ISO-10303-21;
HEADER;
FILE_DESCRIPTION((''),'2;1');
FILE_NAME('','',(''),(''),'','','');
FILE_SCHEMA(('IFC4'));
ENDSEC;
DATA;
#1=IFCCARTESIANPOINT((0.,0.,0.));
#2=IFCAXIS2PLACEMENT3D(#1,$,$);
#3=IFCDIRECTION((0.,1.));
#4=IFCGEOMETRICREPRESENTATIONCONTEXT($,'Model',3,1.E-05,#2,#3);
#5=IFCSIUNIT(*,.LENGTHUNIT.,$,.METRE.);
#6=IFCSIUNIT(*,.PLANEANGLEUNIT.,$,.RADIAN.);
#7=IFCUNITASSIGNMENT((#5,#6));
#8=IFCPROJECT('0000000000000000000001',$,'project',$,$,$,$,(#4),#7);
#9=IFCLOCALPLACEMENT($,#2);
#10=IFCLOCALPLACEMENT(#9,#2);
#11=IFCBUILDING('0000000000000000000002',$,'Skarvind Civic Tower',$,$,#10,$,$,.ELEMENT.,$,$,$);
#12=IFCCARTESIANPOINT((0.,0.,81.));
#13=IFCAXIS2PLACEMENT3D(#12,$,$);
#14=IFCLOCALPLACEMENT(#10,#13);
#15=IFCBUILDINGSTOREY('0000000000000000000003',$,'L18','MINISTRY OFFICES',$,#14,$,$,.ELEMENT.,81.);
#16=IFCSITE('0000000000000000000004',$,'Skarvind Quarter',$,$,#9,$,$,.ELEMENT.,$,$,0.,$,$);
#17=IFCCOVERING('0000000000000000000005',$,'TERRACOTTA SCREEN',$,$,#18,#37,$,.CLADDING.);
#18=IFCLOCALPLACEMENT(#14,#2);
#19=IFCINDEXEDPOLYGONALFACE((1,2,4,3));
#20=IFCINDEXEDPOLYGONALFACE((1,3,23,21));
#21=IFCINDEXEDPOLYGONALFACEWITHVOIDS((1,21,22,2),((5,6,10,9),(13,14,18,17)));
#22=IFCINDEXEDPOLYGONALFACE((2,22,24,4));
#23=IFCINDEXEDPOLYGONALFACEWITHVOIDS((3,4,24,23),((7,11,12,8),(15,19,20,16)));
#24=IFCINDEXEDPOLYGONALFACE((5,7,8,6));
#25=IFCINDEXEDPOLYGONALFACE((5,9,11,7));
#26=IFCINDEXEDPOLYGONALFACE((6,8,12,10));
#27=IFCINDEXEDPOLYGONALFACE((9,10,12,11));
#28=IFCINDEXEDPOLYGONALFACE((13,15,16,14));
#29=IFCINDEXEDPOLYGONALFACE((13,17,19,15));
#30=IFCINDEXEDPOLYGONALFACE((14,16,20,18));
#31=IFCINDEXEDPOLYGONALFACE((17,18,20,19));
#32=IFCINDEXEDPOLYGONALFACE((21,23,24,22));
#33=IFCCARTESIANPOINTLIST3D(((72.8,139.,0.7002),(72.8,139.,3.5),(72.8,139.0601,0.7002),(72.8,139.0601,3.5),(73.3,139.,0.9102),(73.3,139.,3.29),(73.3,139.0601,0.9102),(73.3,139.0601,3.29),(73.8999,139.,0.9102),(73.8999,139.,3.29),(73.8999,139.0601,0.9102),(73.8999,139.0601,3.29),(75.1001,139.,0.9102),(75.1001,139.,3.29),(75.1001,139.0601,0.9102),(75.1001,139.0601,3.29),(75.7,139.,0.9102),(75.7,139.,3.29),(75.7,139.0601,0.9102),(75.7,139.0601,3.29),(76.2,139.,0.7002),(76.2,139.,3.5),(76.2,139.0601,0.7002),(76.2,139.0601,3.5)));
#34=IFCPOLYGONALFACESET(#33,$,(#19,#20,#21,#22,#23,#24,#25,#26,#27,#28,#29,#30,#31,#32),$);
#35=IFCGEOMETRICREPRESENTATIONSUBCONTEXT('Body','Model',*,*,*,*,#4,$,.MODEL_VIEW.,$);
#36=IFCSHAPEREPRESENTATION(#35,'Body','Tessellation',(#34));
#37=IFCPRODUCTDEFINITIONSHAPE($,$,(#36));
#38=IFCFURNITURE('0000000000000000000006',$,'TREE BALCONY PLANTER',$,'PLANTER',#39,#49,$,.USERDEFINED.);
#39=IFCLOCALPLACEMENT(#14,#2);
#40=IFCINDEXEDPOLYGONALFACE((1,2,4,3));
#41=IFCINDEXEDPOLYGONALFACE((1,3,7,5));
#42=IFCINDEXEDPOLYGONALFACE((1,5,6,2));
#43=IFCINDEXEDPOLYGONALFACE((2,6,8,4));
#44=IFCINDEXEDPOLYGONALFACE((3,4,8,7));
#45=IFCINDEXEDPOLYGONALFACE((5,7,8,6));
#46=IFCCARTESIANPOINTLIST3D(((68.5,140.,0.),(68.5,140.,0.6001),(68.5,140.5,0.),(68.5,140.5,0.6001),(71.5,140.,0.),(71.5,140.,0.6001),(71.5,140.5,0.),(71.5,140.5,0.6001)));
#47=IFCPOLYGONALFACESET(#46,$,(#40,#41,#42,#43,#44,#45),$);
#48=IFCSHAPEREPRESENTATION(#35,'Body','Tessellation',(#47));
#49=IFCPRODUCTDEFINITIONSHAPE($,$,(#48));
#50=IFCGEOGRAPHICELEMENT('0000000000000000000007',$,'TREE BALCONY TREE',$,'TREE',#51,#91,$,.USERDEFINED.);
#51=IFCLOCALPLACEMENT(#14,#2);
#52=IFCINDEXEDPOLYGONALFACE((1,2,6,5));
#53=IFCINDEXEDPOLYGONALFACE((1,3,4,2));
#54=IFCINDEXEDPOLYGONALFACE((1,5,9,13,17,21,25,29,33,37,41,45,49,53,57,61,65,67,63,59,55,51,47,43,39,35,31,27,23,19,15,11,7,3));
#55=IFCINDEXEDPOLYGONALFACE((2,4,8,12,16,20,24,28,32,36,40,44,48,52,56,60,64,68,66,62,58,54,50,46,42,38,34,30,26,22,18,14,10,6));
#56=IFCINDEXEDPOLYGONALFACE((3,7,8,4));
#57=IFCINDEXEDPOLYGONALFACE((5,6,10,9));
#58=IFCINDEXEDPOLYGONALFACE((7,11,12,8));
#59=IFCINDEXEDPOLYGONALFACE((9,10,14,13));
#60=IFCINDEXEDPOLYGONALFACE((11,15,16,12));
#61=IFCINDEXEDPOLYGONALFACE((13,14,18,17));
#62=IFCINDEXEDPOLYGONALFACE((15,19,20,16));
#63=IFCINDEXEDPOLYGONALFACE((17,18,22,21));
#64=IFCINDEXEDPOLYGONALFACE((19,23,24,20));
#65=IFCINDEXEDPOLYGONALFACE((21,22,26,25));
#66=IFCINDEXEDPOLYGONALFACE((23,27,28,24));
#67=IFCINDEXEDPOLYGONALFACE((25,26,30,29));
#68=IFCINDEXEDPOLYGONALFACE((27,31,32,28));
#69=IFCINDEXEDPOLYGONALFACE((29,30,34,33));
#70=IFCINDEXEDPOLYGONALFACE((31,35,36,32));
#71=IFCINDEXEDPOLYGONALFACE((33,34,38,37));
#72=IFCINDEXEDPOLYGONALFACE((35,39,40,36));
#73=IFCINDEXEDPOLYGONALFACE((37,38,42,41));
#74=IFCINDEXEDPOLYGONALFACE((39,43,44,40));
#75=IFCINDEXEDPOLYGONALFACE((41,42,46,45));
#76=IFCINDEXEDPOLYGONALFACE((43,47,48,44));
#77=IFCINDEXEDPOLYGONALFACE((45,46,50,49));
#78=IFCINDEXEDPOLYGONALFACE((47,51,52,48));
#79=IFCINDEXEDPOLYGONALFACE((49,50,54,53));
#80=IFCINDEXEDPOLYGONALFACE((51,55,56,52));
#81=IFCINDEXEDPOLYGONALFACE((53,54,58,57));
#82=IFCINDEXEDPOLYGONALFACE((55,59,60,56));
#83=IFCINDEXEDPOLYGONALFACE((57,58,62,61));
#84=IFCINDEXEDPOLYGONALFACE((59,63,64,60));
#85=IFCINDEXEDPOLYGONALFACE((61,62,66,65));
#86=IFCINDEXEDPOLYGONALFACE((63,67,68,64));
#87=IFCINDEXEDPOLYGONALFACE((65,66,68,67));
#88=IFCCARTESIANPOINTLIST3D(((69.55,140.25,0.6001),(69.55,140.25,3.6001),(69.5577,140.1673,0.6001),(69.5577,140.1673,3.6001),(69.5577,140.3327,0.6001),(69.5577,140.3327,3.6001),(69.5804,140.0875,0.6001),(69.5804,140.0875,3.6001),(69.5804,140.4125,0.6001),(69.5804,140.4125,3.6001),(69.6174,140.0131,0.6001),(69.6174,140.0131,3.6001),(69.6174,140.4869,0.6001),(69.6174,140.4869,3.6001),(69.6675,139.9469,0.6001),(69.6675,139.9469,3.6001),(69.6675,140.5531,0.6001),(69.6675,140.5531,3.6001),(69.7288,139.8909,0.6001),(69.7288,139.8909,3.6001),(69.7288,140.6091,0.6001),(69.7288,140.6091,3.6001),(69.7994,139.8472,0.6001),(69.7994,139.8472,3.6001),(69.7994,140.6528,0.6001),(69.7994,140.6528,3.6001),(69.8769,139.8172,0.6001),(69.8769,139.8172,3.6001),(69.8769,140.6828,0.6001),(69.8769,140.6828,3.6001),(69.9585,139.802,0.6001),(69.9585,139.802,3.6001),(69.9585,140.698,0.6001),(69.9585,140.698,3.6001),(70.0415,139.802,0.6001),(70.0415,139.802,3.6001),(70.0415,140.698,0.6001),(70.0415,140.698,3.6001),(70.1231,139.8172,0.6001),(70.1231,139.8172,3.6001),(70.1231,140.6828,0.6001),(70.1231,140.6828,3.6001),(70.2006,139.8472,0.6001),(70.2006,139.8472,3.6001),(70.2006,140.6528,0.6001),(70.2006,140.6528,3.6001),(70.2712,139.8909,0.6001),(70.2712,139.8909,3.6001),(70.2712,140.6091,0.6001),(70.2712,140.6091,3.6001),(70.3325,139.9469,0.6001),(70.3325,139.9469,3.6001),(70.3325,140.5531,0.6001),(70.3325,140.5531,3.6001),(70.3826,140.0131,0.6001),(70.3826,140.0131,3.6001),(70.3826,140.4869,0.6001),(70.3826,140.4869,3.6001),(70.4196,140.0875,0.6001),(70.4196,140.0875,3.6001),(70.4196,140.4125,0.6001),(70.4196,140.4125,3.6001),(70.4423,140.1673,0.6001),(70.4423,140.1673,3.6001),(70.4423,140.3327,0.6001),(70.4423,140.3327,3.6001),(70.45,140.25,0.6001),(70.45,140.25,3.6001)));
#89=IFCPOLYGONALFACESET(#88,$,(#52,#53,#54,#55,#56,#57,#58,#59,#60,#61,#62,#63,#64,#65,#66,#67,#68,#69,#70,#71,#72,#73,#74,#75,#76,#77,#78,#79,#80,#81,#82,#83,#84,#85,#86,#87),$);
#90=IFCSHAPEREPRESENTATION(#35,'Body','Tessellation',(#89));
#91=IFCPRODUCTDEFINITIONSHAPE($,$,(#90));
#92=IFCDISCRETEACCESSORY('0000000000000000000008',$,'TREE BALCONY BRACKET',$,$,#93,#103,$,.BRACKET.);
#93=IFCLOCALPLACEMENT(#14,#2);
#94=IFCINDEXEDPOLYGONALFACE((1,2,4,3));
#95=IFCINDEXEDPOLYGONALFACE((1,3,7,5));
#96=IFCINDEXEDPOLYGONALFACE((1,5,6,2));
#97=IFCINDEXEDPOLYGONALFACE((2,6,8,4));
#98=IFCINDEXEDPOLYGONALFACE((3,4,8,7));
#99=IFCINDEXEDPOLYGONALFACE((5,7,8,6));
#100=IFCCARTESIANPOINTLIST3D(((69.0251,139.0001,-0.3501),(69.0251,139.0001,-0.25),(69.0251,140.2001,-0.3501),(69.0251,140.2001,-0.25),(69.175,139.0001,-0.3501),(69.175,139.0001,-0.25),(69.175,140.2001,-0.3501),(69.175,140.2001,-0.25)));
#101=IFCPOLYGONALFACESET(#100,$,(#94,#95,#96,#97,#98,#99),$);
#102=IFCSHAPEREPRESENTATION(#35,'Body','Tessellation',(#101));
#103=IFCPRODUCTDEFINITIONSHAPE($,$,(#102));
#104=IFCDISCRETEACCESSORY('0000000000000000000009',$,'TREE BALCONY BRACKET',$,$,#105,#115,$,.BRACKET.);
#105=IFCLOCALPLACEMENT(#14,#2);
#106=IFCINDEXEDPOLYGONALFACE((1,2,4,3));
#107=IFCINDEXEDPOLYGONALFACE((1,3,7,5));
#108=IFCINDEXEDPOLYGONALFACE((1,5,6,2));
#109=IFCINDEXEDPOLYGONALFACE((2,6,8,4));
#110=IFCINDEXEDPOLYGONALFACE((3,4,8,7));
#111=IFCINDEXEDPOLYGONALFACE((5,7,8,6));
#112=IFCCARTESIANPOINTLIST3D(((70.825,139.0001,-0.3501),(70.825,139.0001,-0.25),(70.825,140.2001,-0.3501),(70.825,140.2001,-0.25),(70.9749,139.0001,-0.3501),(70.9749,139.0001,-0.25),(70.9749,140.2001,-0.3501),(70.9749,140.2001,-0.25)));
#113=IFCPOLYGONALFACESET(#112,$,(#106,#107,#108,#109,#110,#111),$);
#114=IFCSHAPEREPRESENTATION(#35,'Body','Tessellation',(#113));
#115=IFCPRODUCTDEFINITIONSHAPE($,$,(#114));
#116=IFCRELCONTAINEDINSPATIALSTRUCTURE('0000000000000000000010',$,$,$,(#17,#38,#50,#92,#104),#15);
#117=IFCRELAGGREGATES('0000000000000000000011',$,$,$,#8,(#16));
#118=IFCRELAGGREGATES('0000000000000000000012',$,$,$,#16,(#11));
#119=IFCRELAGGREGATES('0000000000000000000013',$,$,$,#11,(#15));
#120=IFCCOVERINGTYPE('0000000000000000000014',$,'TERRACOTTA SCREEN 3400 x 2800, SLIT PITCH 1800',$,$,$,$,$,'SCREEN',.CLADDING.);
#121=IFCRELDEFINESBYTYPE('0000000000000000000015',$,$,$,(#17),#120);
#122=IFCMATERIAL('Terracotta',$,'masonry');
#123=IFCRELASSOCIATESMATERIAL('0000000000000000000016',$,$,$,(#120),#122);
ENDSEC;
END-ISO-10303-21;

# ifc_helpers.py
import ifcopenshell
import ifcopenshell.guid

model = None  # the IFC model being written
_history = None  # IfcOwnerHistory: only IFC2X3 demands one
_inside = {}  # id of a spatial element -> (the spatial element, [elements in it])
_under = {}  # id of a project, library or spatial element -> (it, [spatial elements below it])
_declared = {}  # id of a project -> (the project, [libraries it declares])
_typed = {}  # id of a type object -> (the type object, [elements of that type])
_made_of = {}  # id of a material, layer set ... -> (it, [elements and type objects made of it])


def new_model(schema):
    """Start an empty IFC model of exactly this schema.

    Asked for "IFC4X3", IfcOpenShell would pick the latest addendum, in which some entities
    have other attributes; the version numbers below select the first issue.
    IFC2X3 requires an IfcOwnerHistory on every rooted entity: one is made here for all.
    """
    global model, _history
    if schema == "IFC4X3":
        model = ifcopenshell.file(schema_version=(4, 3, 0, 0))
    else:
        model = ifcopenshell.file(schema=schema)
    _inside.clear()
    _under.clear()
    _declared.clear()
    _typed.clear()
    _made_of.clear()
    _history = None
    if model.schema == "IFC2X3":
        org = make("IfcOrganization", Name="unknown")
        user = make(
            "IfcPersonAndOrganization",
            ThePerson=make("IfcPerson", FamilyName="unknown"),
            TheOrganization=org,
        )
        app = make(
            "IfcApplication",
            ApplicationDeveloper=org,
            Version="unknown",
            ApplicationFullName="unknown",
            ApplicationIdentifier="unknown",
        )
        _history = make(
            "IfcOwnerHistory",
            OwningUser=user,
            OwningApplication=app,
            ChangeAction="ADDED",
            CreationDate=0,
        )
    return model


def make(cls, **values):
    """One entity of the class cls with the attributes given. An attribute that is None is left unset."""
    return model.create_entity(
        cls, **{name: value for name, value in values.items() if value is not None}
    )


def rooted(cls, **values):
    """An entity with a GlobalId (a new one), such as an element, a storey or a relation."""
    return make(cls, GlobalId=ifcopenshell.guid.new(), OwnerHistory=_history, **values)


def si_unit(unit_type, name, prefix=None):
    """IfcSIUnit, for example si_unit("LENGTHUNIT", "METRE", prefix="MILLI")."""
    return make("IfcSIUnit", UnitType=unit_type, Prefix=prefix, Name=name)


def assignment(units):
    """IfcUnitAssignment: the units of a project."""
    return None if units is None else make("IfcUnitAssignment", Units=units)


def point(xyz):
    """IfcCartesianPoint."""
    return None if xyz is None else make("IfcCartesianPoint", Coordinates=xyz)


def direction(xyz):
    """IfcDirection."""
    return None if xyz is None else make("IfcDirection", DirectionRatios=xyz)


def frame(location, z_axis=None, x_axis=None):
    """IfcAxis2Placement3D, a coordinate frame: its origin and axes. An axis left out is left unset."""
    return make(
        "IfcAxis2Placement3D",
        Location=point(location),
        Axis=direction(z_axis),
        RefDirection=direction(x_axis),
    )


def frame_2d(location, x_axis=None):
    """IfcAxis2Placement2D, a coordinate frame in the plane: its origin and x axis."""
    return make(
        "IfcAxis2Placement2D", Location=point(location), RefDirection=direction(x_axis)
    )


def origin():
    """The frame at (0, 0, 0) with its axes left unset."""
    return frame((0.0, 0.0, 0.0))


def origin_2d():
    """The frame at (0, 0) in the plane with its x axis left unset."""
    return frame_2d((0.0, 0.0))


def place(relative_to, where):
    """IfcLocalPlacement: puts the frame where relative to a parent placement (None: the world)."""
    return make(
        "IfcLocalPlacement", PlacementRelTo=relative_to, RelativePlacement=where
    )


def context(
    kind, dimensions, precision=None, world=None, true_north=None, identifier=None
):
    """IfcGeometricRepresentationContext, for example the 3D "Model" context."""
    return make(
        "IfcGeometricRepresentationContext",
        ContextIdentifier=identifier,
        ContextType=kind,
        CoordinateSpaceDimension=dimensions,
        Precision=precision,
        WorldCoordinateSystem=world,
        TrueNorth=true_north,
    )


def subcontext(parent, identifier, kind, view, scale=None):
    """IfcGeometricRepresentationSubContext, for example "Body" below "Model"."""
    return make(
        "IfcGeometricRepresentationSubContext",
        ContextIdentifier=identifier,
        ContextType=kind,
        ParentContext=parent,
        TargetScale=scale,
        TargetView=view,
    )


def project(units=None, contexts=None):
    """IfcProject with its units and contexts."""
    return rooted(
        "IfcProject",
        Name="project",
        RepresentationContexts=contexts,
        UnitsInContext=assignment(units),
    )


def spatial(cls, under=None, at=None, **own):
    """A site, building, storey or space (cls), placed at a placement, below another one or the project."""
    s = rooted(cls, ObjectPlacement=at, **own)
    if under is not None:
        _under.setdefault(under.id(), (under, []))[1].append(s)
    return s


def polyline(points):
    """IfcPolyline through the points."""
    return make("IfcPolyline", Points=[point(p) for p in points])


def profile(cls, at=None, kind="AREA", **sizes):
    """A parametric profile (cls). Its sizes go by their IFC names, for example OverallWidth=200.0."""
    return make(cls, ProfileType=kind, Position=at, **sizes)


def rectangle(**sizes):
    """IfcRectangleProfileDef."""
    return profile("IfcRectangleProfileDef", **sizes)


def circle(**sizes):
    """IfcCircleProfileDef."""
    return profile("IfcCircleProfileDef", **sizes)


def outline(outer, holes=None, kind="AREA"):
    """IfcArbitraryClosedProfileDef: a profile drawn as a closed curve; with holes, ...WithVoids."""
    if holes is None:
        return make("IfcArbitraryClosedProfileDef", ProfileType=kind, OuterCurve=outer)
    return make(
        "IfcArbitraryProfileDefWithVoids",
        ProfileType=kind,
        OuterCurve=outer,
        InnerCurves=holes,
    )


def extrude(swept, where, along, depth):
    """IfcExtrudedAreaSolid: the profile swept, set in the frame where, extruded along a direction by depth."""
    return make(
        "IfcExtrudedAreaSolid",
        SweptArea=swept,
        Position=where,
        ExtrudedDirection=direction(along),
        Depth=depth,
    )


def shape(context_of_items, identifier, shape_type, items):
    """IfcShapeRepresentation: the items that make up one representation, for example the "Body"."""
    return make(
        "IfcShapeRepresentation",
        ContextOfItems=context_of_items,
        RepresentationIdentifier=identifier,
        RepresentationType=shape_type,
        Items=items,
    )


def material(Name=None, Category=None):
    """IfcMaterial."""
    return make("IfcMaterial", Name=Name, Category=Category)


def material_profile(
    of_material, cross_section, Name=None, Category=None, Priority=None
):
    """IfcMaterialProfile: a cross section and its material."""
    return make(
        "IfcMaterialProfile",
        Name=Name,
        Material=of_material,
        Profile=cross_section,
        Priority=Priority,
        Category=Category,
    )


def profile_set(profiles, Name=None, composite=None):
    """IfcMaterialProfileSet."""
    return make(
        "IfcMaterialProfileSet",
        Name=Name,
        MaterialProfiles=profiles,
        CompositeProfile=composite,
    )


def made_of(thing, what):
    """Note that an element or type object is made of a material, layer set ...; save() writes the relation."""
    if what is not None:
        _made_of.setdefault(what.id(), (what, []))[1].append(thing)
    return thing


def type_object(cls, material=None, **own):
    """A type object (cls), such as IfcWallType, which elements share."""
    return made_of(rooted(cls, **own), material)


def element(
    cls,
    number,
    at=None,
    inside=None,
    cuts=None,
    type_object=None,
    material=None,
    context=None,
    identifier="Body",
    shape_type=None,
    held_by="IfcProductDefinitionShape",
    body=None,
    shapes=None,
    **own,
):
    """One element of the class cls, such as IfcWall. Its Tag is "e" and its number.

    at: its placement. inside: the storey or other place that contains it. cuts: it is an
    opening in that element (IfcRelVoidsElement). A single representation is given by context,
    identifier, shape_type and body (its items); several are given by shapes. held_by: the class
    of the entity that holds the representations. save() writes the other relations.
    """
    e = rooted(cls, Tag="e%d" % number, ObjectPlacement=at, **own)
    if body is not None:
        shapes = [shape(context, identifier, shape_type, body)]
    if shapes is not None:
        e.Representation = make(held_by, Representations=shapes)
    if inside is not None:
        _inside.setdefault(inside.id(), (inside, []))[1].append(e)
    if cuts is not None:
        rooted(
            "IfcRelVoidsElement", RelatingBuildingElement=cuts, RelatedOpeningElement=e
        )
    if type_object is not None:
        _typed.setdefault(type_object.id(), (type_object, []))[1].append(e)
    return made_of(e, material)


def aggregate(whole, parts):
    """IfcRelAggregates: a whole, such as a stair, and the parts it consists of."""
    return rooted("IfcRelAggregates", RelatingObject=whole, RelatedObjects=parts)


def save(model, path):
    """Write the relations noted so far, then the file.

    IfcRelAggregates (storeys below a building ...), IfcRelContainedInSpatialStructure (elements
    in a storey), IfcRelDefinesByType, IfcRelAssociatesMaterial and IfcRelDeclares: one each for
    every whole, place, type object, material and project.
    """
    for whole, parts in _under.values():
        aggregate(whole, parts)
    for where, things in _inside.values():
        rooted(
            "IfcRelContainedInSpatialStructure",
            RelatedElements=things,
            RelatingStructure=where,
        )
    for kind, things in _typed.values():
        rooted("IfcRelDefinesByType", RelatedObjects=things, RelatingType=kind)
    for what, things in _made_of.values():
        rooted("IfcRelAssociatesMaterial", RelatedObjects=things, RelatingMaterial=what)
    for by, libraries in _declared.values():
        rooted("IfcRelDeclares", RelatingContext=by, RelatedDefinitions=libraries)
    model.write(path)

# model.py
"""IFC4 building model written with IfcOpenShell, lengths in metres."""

from ifc_helpers import new_model, si_unit, direction, frame, origin, origin_2d, place, context, subcontext, project, spatial, polyline, rectangle, circle, outline, extrude, material, material_profile, profile_set, type_object, element, save


model = new_model("IFC4")

# Units and contexts
model_context = context("Model", 3, precision=1e-05, world=origin(), true_north=direction((0.0, 1.0)))
body_context = subcontext(model_context, "Body", "Model", "MODEL_VIEW")
ifc_project = project(units=[si_unit("LENGTHUNIT", "METRE"), si_unit("PLANEANGLEUNIT", "RADIAN")], contexts=[model_context])

# Site, building, storey
site_placement = place(None, origin())
site = spatial("IfcSite", under=ifc_project, at=site_placement, Name="Skarvind Quarter", CompositionType="ELEMENT", RefElevation=0.0)
building_placement = place(site_placement, origin())
building = spatial("IfcBuilding", under=site, at=building_placement, Name="Skarvind Civic Tower", CompositionType="ELEMENT")
storey_placement = place(building_placement, frame((0.0, 0.0, 81.0)))
storey = spatial("IfcBuildingStorey", under=building, at=storey_placement, Name="L18", Description="MINISTRY OFFICES", CompositionType="ELEMENT", Elevation=81.0)

# Covering
ifc_material_1 = material(Name="Terracotta", Category="masonry")
ifc_material_profile_1 = material_profile(ifc_material_1, outline(polyline([(-1.7, -1.3999), (1.7, -1.3999), (1.7, 1.3999), (-1.7, 1.3999), (-1.7, -1.3999)]), holes=[polyline([(-1.2, -1.1899), (-0.6001, -1.1899), (-0.6001, 1.1899), (-1.2, 1.1899), (-1.2, -1.1899)]), polyline([(0.6001, -1.1899), (1.2, -1.1899), (1.2, 1.1899), (0.6001, 1.1899), (0.6001, -1.1899)])]), Name="TERRACOTTA SCREEN 3400 x 2800, SLIT PITCH 1800")
ifc_profile_set_1 = profile_set([ifc_material_profile_1], Name="Terracotta")
covering_type_1 = type_object("IfcCoveringType", Name="TERRACOTTA SCREEN 3400 x 2800, SLIT PITCH 1800", ElementType="SCREEN", PredefinedType="CLADDING", material=ifc_profile_set_1)
covering_placement = place(storey_placement, frame((74.5, 139.0, 2.1001), z_axis=(0.0, 1.0, 0.0), x_axis=(-1.0, 0.0, 0.0)))
element("IfcCovering", 1, at=covering_placement, inside=storey, type_object=covering_type_1, Name="TERRACOTTA SCREEN", PredefinedType="CLADDING", context=body_context, shape_type="SweptSolid", body=[
    extrude(outline(polyline([(-1.7, -1.3999), (1.7, -1.3999), (1.7, 1.3999), (-1.7, 1.3999), (-1.7, -1.3999)]), holes=[polyline([(-1.2, -1.1899), (-0.6001, -1.1899), (-0.6001, 1.1899), (-1.2, 1.1899), (-1.2, -1.1899)]), polyline([(0.6001, -1.1899), (1.2, -1.1899), (1.2, 1.1899), (0.6001, 1.1899), (0.6001, -1.1899)])]), origin(), (0.0, 0.0, 1.0), 0.0601),
])

# Furniture
furniture_placement = place(storey_placement, frame((70.0, 140.25, 0.0), z_axis=(0.0, 0.0, 1.0), x_axis=(1.0, 0.0, 0.0)))
element("IfcFurniture", 2, at=furniture_placement, inside=storey, Name="TREE BALCONY PLANTER", ObjectType="PLANTER", PredefinedType="USERDEFINED", context=body_context, shape_type="SweptSolid", body=[
    extrude(rectangle(XDim=3.0, YDim=0.5, at=origin_2d()), origin(), (0.0, 0.0, 1.0), 0.6001),
])

# Geographic element
geographic_element_placement = place(storey_placement, frame((70.0, 140.25, 0.6001), z_axis=(0.0, 0.0, 1.0), x_axis=(1.0, 0.0, 0.0)))
element("IfcGeographicElement", 3, at=geographic_element_placement, inside=storey, Name="TREE BALCONY TREE", ObjectType="TREE", PredefinedType="USERDEFINED", context=body_context, shape_type="SweptSolid", body=[
    extrude(circle(Radius=0.45, at=origin_2d()), origin(), (0.0, 0.0, 1.0), 3.0),
])

# Discrete accessories
for number, where, z_axis, x_axis, name in (
    (4, (69.1001, 139.6001, -0.3501), (0.0, 0.0, 1.0), (1.0, 0.0, 0.0), "TREE BALCONY BRACKET"),
    (5, (70.8999, 139.6001, -0.3501), (0.0, 0.0, 1.0), (1.0, 0.0, 0.0), "TREE BALCONY BRACKET"),
):
    element("IfcDiscreteAccessory", number, at=place(storey_placement, frame(where, z_axis=z_axis, x_axis=x_axis)), inside=storey, Name=name, PredefinedType="BRACKET", context=body_context, shape_type="SweptSolid", body=[
        extrude(rectangle(XDim=0.1499, YDim=1.2, at=origin_2d()), origin(), (0.0, 0.0, 1.0), 0.1001),
    ])

save(model, "model.ifc")
